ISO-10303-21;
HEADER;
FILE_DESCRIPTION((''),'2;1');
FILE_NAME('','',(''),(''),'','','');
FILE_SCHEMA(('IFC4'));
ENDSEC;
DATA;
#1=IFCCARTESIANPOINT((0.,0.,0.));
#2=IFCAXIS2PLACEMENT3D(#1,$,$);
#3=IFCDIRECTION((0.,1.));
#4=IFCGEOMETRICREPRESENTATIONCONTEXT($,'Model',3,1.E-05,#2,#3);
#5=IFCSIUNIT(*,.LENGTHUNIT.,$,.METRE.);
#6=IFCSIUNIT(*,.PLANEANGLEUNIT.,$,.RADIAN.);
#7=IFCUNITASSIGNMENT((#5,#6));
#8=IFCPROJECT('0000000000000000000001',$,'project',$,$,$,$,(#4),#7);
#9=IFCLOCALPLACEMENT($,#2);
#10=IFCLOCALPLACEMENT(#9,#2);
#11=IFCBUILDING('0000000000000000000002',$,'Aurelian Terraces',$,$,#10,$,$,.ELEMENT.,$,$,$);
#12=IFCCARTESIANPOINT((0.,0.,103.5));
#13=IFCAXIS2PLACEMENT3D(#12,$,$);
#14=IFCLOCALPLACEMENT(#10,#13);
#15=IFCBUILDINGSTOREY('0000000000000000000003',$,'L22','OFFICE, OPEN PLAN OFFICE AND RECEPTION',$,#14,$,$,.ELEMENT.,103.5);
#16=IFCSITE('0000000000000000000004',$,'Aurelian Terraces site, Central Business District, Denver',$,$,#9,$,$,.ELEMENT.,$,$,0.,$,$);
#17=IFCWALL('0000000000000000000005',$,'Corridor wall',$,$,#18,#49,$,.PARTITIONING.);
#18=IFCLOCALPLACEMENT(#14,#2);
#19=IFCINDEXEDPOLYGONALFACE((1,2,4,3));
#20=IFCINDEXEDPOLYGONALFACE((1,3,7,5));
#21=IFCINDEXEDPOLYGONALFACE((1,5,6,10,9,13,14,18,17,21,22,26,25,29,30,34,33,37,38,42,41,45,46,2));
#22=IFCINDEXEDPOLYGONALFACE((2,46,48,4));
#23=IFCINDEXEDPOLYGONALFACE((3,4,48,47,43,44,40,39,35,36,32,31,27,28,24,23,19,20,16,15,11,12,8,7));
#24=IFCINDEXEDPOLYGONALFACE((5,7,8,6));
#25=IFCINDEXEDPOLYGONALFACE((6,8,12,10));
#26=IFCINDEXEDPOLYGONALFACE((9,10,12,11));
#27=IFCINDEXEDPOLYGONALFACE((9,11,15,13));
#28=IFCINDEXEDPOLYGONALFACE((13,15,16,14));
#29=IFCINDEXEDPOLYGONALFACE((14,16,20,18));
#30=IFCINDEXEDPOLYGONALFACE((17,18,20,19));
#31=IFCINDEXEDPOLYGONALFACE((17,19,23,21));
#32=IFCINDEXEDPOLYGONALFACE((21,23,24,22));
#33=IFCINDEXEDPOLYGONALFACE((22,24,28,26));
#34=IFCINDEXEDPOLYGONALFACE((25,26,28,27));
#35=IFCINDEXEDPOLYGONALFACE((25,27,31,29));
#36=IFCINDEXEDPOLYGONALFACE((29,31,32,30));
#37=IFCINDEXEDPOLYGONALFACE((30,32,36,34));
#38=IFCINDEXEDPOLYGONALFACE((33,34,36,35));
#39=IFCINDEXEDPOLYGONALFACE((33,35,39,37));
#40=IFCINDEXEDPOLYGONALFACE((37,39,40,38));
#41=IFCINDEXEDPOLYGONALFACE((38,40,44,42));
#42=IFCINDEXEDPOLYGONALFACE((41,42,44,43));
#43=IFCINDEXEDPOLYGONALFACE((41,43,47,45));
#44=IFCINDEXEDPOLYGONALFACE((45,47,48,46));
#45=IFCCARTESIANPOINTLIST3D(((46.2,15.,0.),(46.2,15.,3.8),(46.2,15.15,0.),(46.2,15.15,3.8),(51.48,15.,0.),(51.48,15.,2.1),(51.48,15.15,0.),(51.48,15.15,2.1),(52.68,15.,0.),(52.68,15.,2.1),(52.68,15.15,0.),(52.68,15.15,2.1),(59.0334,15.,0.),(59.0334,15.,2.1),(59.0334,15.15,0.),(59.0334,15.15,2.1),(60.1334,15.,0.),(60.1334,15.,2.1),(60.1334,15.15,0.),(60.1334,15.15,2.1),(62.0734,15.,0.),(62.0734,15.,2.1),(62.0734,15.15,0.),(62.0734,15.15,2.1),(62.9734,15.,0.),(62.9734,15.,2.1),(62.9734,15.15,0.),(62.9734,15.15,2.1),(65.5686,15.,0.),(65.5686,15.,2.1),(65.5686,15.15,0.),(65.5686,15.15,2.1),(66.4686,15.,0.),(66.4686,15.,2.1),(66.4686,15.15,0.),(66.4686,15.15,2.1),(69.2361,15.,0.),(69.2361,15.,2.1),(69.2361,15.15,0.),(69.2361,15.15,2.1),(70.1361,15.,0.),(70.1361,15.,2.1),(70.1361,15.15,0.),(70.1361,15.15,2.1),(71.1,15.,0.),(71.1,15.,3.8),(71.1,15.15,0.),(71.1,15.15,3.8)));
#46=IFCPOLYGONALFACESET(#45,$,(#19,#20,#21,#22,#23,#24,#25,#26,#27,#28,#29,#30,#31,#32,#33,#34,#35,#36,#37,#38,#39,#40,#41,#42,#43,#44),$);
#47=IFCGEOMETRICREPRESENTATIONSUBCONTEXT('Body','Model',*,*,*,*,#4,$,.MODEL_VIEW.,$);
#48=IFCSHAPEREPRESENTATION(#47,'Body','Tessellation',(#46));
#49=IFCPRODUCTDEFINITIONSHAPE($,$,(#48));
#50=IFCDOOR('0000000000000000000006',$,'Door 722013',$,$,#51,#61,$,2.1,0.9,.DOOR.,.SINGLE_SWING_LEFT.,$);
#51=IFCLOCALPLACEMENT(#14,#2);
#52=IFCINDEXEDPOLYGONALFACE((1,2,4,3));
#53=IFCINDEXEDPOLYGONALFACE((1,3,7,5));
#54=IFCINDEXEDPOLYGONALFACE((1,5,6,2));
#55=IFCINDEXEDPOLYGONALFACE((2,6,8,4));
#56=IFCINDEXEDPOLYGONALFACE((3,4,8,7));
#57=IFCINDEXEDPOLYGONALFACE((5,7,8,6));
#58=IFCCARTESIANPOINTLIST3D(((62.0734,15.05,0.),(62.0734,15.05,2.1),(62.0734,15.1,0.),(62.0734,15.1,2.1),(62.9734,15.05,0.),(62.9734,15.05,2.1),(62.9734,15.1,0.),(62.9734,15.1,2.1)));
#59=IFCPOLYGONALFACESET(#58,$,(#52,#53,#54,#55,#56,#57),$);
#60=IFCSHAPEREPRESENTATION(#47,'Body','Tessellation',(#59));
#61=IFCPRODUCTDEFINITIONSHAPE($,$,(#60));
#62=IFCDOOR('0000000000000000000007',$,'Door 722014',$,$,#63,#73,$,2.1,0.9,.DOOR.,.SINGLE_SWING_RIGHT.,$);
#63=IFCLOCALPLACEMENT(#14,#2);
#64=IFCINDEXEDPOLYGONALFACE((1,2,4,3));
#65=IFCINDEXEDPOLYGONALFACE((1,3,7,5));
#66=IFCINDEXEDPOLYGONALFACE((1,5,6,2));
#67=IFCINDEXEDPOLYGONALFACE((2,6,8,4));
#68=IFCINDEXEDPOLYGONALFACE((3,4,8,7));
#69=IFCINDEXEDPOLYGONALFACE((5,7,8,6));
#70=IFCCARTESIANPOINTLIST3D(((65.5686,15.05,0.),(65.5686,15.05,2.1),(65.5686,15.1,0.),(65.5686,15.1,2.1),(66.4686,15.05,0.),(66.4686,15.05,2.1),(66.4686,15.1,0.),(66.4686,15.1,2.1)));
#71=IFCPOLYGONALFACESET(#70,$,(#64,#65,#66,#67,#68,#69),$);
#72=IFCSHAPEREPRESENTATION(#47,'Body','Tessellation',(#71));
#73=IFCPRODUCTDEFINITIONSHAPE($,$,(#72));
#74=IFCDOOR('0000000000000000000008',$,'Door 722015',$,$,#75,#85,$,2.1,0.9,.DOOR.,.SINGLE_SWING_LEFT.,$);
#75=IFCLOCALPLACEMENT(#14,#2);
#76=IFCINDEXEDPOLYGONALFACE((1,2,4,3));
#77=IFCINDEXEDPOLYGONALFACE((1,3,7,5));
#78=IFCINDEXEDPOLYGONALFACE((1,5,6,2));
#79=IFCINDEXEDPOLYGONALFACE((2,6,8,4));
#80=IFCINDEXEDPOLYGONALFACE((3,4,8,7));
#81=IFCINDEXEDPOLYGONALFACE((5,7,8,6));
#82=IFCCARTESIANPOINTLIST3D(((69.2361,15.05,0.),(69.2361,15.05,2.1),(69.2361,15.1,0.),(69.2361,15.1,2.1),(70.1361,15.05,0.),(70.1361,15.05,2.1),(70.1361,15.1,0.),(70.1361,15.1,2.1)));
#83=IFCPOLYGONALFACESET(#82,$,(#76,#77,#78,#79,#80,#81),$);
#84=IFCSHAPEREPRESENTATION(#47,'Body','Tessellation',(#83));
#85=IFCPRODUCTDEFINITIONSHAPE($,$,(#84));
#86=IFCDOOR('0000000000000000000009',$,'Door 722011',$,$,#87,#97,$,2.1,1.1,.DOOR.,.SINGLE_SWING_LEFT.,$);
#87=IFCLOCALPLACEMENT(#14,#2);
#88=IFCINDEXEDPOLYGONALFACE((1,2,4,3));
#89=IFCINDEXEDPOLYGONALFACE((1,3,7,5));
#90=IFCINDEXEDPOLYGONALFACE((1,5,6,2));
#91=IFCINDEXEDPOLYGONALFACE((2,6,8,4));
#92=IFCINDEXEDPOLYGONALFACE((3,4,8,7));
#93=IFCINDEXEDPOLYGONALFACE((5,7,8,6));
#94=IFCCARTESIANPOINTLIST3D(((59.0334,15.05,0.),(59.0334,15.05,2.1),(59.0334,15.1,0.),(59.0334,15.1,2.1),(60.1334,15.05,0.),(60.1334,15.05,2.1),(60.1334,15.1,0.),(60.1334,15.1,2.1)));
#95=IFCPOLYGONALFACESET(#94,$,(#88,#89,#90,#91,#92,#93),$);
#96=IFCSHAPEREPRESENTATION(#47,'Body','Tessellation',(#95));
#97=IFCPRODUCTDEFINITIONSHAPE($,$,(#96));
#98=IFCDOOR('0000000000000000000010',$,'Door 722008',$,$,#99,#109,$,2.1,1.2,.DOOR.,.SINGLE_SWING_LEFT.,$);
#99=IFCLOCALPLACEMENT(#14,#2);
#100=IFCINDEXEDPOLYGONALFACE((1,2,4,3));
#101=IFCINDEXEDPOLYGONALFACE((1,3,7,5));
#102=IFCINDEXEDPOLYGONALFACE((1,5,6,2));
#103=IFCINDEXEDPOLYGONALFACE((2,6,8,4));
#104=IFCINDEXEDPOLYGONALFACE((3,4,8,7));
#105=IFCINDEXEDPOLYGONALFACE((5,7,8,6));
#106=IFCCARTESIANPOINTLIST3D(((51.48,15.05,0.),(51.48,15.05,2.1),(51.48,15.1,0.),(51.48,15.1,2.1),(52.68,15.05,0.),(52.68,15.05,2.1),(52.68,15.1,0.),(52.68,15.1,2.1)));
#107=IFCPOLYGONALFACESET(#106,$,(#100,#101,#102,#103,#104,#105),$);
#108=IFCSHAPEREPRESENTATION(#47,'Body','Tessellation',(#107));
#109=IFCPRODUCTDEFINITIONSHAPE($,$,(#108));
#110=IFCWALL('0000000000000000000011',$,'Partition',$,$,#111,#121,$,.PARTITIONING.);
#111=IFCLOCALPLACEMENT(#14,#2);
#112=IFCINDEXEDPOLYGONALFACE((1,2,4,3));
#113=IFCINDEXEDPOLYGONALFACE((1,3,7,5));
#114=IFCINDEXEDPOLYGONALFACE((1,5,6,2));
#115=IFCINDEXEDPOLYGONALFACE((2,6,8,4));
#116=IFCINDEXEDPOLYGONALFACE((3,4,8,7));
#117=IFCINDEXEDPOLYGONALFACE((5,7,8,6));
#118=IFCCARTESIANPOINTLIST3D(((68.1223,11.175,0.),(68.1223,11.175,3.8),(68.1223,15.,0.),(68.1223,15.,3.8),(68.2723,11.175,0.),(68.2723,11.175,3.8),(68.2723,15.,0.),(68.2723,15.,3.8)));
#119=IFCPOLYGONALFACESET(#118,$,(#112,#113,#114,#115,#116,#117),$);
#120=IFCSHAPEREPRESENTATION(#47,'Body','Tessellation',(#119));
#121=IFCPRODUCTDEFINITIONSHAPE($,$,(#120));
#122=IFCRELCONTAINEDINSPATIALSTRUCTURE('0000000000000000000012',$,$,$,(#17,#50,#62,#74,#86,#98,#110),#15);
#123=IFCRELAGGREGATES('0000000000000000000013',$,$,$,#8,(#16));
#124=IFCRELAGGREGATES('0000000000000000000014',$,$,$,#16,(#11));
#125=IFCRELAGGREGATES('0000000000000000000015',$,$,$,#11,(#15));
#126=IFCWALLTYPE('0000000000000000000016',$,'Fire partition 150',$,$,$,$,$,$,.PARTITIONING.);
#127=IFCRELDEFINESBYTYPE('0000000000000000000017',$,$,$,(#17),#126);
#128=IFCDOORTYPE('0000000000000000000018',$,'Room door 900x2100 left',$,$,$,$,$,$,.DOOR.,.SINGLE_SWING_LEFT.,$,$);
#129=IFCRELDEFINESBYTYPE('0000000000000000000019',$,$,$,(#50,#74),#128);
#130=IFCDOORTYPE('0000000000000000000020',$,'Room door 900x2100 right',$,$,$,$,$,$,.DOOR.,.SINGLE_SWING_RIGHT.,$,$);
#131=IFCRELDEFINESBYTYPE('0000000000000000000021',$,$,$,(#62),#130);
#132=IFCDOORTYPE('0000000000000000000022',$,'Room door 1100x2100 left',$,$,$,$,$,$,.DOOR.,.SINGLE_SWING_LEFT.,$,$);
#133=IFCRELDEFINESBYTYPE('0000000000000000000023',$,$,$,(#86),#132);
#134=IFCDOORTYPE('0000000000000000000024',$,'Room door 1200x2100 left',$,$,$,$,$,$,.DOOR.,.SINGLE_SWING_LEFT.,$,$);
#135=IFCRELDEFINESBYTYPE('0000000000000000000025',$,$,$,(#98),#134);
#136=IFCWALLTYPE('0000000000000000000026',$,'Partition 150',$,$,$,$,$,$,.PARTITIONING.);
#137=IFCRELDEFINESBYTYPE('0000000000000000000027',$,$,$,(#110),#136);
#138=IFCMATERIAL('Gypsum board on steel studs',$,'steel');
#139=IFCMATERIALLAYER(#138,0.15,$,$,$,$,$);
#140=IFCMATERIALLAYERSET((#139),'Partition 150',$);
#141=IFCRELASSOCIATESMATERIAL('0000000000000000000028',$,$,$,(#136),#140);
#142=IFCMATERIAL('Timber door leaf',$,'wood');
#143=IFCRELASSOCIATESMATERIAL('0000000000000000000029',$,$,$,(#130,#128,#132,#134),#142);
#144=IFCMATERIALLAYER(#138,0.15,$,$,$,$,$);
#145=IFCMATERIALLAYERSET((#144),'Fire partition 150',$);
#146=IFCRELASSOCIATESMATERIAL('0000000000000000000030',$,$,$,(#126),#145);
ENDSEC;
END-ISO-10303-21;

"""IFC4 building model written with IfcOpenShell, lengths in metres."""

from ifc_helpers import new_model, si_unit, direction, frame, frame_2d, origin, place, context, subcontext, project, spatial, rectangle, extrude, source, transform, mapped, material, layer, layer_set, type_object, element, fill, save


model = new_model("IFC4")

# Units and contexts
model_context = context("Model", 3, precision=1e-05, world=origin(), true_north=direction((0.0, 1.0)))
body_context = subcontext(model_context, "Body", "Model", "MODEL_VIEW")
ifc_project = project(units=[si_unit("LENGTHUNIT", "METRE"), si_unit("PLANEANGLEUNIT", "RADIAN")], contexts=[model_context])

# Site, building, storey
site_placement = place(None, origin())
site = spatial("IfcSite", under=ifc_project, at=site_placement, Name="Aurelian Terraces site, Central Business District, Denver", CompositionType="ELEMENT", RefElevation=0.0)
building_placement = place(site_placement, origin())
building = spatial("IfcBuilding", under=site, at=building_placement, Name="Aurelian Terraces", CompositionType="ELEMENT")
storey_placement = place(building_placement, frame((0.0, 0.0, 103.5)))
storey = spatial("IfcBuildingStorey", under=building, at=storey_placement, Name="L22", Description="OFFICE, OPEN PLAN OFFICE AND RECEPTION", CompositionType="ELEMENT", Elevation=103.5)

# Wall, openings, doors
ifc_material_1 = material(Name="Gypsum board on steel studs", Category="steel")
ifc_layer_1 = layer(ifc_material_1, 0.15)
ifc_layer_set_1 = layer_set([ifc_layer_1], Name="Partition 150")
wall_type_1 = type_object("IfcWallType", Name="Partition 150", PredefinedType="PARTITIONING", material=ifc_layer_set_1)
shared_shape_1 = source(origin(), body_context, "Body", "SweptSolid", [
    extrude(rectangle(XDim=24.9, YDim=0.15, at=frame_2d((12.45, 0.0))), origin(), (0.0, 0.0, 1.0), 3.8),
])
shared_shape_2 = source(origin(), body_context, "Body", "SweptSolid", [
    extrude(rectangle(XDim=0.9, YDim=2.1, at=frame_2d((0.45, 1.05))), frame((0.0, 0.085, 0.0), z_axis=(0.0, -1.0, 0.0), x_axis=(1.0, 0.0, 0.0)), (0.0, 0.0, 1.0), 0.17),
])
shared_shape_3 = source(origin(), body_context, "Body", "SweptSolid", [
    extrude(rectangle(XDim=1.1, YDim=2.1, at=frame_2d((0.55, 1.05))), frame((0.0, 0.085, 0.0), z_axis=(0.0, -1.0, 0.0), x_axis=(1.0, 0.0, 0.0)), (0.0, 0.0, 1.0), 0.17),
])
ifc_material_2 = material(Name="Timber door leaf", Category="wood")
door_type_1 = type_object("IfcDoorType", Name="Room door 900x2100 right", OperationType="SINGLE_SWING_RIGHT", PredefinedType="DOOR", material=ifc_material_2)
shared_shape_4 = source(origin(), body_context, "Body", "SweptSolid", [
    extrude(rectangle(XDim=0.9, YDim=2.1, at=frame_2d((0.45, 1.05))), frame((0.0, 0.025, 0.0), z_axis=(0.0, -1.0, 0.0), x_axis=(1.0, 0.0, 0.0)), (0.0, 0.0, 1.0), 0.05),
])
door_type_2 = type_object("IfcDoorType", Name="Room door 900x2100 left", OperationType="SINGLE_SWING_LEFT", PredefinedType="DOOR", material=ifc_material_2)
shared_shape_5 = source(origin(), body_context, "Body", "SweptSolid", [
    extrude(rectangle(XDim=1.1, YDim=2.1, at=frame_2d((0.55, 1.05))), frame((0.0, 0.025, 0.0), z_axis=(0.0, -1.0, 0.0), x_axis=(1.0, 0.0, 0.0)), (0.0, 0.0, 1.0), 0.05),
])
ifc_layer_2 = layer(ifc_material_1, 0.15)
ifc_layer_set_2 = layer_set([ifc_layer_2], Name="Fire partition 150")
wall_type_2 = type_object("IfcWallType", Name="Fire partition 150", PredefinedType="PARTITIONING", material=ifc_layer_set_2)
wall_1_placement = place(storey_placement, frame((71.1, 15.075, 0.0), z_axis=(0.0, 0.0, 1.0), x_axis=(-1.0, 0.0, 0.0)))
wall_1 = element("IfcWall", 1, at=wall_1_placement, inside=storey, type_object=wall_type_2, Name="Corridor wall", PredefinedType="PARTITIONING", context=body_context, shape_type="MappedRepresentation", body=[
    mapped(shared_shape_1, transform((0.0, 0.0, 0.0), scale=1.0)),
])
shared_shape_6 = source(origin(), body_context, "Body", "SweptSolid", [
    extrude(rectangle(XDim=1.2, YDim=2.1, at=frame_2d((0.6, 1.05))), frame((0.0, 0.085, 0.0), z_axis=(0.0, -1.0, 0.0), x_axis=(1.0, 0.0, 0.0)), (0.0, 0.0, 1.0), 0.17),
])
opening_1_placement = place(wall_1_placement, frame((18.42, 0.0, 0.0)))
opening_1 = element("IfcOpeningElement", 2, at=opening_1_placement, cuts=wall_1, PredefinedType="OPENING", context=body_context, shape_type="MappedRepresentation", body=[
    mapped(shared_shape_6, transform((0.0, 0.0, 0.0), scale=1.0)),
])
opening_2_placement = place(wall_1_placement, frame((10.9666, 0.0, 0.0)))
opening_2 = element("IfcOpeningElement", 3, at=opening_2_placement, cuts=wall_1, PredefinedType="OPENING", context=body_context, shape_type="MappedRepresentation", body=[
    mapped(shared_shape_3, transform((0.0, 0.0, 0.0), scale=1.0)),
])
opening_3_placement = place(wall_1_placement, frame((8.1266, 0.0, 0.0)))
opening_3 = element("IfcOpeningElement", 4, at=opening_3_placement, cuts=wall_1, PredefinedType="OPENING", context=body_context, shape_type="MappedRepresentation", body=[
    mapped(shared_shape_2, transform((0.0, 0.0, 0.0), scale=1.0)),
])
opening_4_placement = place(wall_1_placement, frame((4.6314, 0.0, 0.0)))
opening_4 = element("IfcOpeningElement", 5, at=opening_4_placement, cuts=wall_1, PredefinedType="OPENING", context=body_context, shape_type="MappedRepresentation", body=[
    mapped(shared_shape_2, transform((0.0, 0.0, 0.0), scale=1.0)),
])
opening_5_placement = place(wall_1_placement, frame((0.9639, 0.0, 0.0)))
opening_5 = element("IfcOpeningElement", 6, at=opening_5_placement, cuts=wall_1, PredefinedType="OPENING", context=body_context, shape_type="MappedRepresentation", body=[
    mapped(shared_shape_2, transform((0.0, 0.0, 0.0), scale=1.0)),
])
door_1_placement = place(opening_3_placement, origin())
door_1 = element("IfcDoor", 7, at=door_1_placement, inside=storey, type_object=door_type_2, Name="Door 722013", OperationType="SINGLE_SWING_LEFT", OverallHeight=2.1, OverallWidth=0.9, PredefinedType="DOOR", context=body_context, shape_type="MappedRepresentation", body=[
    mapped(shared_shape_4, transform((0.0, 0.0, 0.0), scale=1.0)),
])
fill(opening_3, door_1)
door_2_placement = place(opening_4_placement, origin())
door_2 = element("IfcDoor", 8, at=door_2_placement, inside=storey, type_object=door_type_1, Name="Door 722014", OperationType="SINGLE_SWING_RIGHT", OverallHeight=2.1, OverallWidth=0.9, PredefinedType="DOOR", context=body_context, shape_type="MappedRepresentation", body=[
    mapped(shared_shape_4, transform((0.0, 0.0, 0.0), scale=1.0)),
])
fill(opening_4, door_2)
door_3_placement = place(opening_5_placement, origin())
door_3 = element("IfcDoor", 9, at=door_3_placement, inside=storey, type_object=door_type_2, Name="Door 722015", OperationType="SINGLE_SWING_LEFT", OverallHeight=2.1, OverallWidth=0.9, PredefinedType="DOOR", context=body_context, shape_type="MappedRepresentation", body=[
    mapped(shared_shape_4, transform((0.0, 0.0, 0.0), scale=1.0)),
])
fill(opening_5, door_3)
door_type_3 = type_object("IfcDoorType", Name="Room door 1100x2100 left", OperationType="SINGLE_SWING_LEFT", PredefinedType="DOOR", material=ifc_material_2)
door_4_placement = place(opening_2_placement, origin())
door_4 = element("IfcDoor", 10, at=door_4_placement, inside=storey, type_object=door_type_3, Name="Door 722011", OperationType="SINGLE_SWING_LEFT", OverallHeight=2.1, OverallWidth=1.1, PredefinedType="DOOR", context=body_context, shape_type="MappedRepresentation", body=[
    mapped(shared_shape_5, transform((0.0, 0.0, 0.0), scale=1.0)),
])
fill(opening_2, door_4)
door_type_4 = type_object("IfcDoorType", Name="Room door 1200x2100 left", OperationType="SINGLE_SWING_LEFT", PredefinedType="DOOR", material=ifc_material_2)
shared_shape_7 = source(origin(), body_context, "Body", "SweptSolid", [
    extrude(rectangle(XDim=1.2, YDim=2.1, at=frame_2d((0.6, 1.05))), frame((0.0, 0.025, 0.0), z_axis=(0.0, -1.0, 0.0), x_axis=(1.0, 0.0, 0.0)), (0.0, 0.0, 1.0), 0.05),
])
door_5_placement = place(opening_1_placement, origin())
door_5 = element("IfcDoor", 11, at=door_5_placement, inside=storey, type_object=door_type_4, Name="Door 722008", OperationType="SINGLE_SWING_LEFT", OverallHeight=2.1, OverallWidth=1.2, PredefinedType="DOOR", context=body_context, shape_type="MappedRepresentation", body=[
    mapped(shared_shape_7, transform((0.0, 0.0, 0.0), scale=1.0)),
])
fill(opening_1, door_5)

# Wall
shared_shape_8 = source(origin(), body_context, "Body", "SweptSolid", [
    extrude(rectangle(XDim=3.825, YDim=0.15, at=frame_2d((1.9125, 0.0))), origin(), (0.0, 0.0, 1.0), 3.8),
])
wall_2_placement = place(storey_placement, frame((68.1973, 11.175, 0.0), z_axis=(0.0, 0.0, 1.0), x_axis=(0.0, 1.0, 0.0)))
element("IfcWall", 12, at=wall_2_placement, inside=storey, type_object=wall_type_1, Name="Partition", PredefinedType="PARTITIONING", context=body_context, shape_type="MappedRepresentation", body=[
    mapped(shared_shape_8, transform((0.0, 0.0, 0.0), scale=1.0)),
])

save(model, "model.ifc")
